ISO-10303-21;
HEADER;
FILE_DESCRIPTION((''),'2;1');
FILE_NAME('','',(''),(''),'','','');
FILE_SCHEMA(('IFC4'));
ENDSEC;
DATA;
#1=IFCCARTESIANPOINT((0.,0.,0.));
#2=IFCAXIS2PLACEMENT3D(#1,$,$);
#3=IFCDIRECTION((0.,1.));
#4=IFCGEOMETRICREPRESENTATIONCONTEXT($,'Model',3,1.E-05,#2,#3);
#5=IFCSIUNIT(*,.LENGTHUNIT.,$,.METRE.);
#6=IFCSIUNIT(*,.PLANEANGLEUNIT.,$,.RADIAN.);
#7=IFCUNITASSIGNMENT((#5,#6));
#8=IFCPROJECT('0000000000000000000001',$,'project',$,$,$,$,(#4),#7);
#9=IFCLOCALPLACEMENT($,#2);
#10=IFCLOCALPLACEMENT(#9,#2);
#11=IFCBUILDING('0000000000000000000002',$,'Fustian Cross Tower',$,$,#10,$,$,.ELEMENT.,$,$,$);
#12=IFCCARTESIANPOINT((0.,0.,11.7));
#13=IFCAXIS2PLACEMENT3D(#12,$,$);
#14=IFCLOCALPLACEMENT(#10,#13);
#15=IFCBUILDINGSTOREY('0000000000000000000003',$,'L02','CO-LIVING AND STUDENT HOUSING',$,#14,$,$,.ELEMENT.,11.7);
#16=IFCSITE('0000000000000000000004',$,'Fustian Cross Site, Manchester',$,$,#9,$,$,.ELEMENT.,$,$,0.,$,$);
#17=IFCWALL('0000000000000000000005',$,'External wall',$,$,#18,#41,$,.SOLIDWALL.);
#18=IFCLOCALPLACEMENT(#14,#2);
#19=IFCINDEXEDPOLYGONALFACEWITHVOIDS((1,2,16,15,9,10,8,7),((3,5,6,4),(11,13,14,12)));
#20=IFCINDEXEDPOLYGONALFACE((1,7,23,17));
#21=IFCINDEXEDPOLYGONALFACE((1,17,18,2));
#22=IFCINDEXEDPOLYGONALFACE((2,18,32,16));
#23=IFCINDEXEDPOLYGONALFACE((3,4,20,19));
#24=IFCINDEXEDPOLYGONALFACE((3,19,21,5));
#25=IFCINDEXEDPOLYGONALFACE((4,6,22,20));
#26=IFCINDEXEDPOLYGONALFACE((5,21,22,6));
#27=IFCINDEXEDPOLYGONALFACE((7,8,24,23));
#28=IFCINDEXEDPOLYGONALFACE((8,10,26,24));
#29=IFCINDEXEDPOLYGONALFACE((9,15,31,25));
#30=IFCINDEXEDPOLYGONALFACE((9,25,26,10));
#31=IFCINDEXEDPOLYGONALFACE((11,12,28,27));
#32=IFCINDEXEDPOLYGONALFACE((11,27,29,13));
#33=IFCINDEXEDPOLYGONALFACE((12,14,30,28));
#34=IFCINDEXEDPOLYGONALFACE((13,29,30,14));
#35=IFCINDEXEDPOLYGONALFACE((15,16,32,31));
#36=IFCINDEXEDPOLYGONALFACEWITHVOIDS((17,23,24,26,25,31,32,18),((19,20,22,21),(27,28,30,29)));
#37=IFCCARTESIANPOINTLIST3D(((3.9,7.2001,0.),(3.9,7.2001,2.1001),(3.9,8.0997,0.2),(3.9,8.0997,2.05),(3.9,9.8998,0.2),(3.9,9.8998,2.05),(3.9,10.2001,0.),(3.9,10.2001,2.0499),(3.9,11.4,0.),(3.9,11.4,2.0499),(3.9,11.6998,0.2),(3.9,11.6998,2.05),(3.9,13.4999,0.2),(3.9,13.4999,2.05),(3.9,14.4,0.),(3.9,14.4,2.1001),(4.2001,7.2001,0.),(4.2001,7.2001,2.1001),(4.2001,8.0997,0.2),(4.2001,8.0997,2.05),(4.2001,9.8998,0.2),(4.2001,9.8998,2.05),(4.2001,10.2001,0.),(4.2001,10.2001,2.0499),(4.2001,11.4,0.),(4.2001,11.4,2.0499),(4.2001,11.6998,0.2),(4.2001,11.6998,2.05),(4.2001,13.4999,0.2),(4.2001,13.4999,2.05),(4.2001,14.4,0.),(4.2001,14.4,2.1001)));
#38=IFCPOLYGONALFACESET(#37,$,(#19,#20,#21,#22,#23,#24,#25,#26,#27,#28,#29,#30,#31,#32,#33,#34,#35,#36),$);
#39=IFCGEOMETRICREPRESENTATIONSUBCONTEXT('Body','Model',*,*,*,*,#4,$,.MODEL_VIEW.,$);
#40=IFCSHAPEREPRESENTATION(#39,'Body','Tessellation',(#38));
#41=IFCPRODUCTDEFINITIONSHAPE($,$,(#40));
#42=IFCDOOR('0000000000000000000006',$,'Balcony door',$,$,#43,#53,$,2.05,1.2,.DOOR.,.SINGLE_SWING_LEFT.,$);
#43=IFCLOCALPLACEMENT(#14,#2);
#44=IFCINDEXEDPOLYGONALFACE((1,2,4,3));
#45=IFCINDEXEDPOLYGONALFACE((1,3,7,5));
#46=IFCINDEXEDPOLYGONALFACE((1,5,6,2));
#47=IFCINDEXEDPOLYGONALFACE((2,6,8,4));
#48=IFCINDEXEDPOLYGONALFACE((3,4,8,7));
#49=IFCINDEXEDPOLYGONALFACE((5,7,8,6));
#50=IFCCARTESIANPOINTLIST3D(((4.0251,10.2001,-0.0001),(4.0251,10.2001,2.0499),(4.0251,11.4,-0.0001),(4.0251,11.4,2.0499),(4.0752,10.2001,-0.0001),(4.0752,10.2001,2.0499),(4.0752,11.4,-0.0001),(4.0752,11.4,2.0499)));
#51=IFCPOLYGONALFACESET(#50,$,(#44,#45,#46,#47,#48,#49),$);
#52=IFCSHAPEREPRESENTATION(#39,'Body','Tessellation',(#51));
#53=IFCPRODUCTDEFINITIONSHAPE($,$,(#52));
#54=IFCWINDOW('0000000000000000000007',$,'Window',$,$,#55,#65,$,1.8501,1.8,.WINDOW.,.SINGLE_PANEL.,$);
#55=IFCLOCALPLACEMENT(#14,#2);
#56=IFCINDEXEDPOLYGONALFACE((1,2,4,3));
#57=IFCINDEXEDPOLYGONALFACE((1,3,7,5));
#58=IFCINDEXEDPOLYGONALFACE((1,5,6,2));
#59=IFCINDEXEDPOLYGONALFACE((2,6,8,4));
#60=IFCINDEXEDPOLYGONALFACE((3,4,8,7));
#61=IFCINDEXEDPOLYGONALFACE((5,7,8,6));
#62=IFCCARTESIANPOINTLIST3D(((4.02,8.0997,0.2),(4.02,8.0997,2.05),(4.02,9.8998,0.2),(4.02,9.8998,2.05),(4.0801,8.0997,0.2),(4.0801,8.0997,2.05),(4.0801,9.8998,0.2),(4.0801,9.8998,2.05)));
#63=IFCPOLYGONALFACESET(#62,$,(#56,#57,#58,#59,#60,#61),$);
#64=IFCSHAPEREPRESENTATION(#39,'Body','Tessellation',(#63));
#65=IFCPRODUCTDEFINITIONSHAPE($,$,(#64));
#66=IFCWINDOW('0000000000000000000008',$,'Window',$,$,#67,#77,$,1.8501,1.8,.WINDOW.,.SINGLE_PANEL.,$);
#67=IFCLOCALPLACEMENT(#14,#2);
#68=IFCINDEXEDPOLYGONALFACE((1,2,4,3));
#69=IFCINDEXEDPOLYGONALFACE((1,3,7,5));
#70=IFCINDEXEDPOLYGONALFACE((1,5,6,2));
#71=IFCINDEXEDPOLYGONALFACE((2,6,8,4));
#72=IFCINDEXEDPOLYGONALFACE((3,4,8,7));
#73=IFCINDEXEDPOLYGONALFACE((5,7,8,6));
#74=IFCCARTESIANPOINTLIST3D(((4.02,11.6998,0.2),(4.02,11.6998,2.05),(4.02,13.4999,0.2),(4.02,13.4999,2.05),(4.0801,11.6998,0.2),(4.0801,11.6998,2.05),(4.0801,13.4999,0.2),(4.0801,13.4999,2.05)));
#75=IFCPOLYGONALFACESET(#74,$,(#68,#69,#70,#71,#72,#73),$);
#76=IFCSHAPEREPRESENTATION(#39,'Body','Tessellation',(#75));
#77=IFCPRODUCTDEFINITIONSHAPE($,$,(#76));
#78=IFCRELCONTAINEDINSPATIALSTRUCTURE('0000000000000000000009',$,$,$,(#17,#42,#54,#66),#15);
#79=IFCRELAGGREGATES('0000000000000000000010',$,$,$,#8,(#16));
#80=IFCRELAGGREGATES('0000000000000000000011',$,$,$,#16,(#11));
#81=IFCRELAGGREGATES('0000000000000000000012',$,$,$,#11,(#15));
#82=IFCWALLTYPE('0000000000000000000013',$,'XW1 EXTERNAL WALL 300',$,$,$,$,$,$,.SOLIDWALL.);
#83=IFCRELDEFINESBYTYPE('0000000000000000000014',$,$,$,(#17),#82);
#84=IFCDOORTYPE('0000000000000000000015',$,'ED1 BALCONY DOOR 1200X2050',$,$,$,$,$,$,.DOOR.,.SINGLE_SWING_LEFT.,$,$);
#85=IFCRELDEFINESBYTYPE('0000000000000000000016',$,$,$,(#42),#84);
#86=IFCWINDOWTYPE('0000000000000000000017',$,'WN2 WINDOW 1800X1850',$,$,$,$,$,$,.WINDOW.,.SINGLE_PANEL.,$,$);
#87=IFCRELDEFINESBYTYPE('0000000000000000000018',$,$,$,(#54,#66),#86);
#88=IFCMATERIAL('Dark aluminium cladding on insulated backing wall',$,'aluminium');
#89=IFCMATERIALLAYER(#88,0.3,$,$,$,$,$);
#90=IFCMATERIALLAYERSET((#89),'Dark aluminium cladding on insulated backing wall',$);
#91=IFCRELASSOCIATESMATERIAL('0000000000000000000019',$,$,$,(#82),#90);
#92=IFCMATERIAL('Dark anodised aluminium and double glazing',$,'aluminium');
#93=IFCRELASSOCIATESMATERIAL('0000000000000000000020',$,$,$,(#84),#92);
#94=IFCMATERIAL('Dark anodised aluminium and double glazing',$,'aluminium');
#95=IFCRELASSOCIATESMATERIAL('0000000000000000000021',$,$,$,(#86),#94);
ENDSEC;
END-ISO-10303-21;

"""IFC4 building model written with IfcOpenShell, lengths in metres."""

from ifc_helpers import new_model, si_unit, direction, frame, frame_2d, origin, place, context, subcontext, project, spatial, rectangle, extrude, material, layer, layer_set, type_object, element, fill, save


model = new_model("IFC4")

# Units and contexts
model_context = context("Model", 3, precision=1e-05, world=origin(), true_north=direction((0.0, 1.0)))
body_context = subcontext(model_context, "Body", "Model", "MODEL_VIEW")
ifc_project = project(units=[si_unit("LENGTHUNIT", "METRE"), si_unit("PLANEANGLEUNIT", "RADIAN")], contexts=[model_context])

# Site, building, storey
site_placement = place(None, origin())
site = spatial("IfcSite", under=ifc_project, at=site_placement, Name="Fustian Cross Site, Manchester", CompositionType="ELEMENT", RefElevation=0.0)
building_placement = place(site_placement, origin())
building = spatial("IfcBuilding", under=site, at=building_placement, Name="Fustian Cross Tower", CompositionType="ELEMENT")
storey_placement = place(building_placement, frame((0.0, 0.0, 11.7)))
storey = spatial("IfcBuildingStorey", under=building, at=storey_placement, Name="L02", Description="CO-LIVING AND STUDENT HOUSING", CompositionType="ELEMENT", Elevation=11.7)

# Wall, openings, door, windows
ifc_material_1 = material(Name="Dark aluminium cladding on insulated backing wall", Category="aluminium")
ifc_layer_1 = layer(ifc_material_1, 0.3)
ifc_layer_set_1 = layer_set([ifc_layer_1], Name="Dark aluminium cladding on insulated backing wall")
wall_type_1 = type_object("IfcWallType", Name="XW1 EXTERNAL WALL 300", PredefinedType="SOLIDWALL", material=ifc_layer_set_1)
wall_1_placement = place(storey_placement, frame((4.05, 7.2, 0.0), z_axis=(0.0, 0.0, 1.0), x_axis=(0.0, 1.0, 0.0)))
wall_1 = element("IfcWall", 1, at=wall_1_placement, inside=storey, type_object=wall_type_1, Name="External wall", PredefinedType="SOLIDWALL", context=body_context, shape_type="SweptSolid", body=[
    extrude(rectangle(XDim=7.2, YDim=0.3, at=frame_2d((3.6001, 0.0))), origin(), (0.0, 0.0, 1.0), 2.1001),
])
opening_1_placement = place(wall_1_placement, frame((3.0, 0.0, 0.0)))
opening_1 = element("IfcOpeningElement", 2, at=opening_1_placement, cuts=wall_1, PredefinedType="OPENING", context=body_context, shape_type="SweptSolid", body=[
    extrude(rectangle(XDim=1.2, YDim=2.05, at=frame_2d((0.6001, 1.0249))), frame((0.0, 0.1599, 0.0), z_axis=(0.0, -1.0, 0.0), x_axis=(1.0, 0.0, 0.0)), (0.0, 0.0, 1.0), 0.3201),
])
opening_2_placement = place(wall_1_placement, frame((0.8999, 0.0, 0.2)))
opening_2 = element("IfcOpeningElement", 3, at=opening_2_placement, cuts=wall_1, PredefinedType="OPENING", context=body_context, shape_type="SweptSolid", body=[
    extrude(rectangle(XDim=1.8, YDim=1.8501, at=frame_2d((0.8999, 0.925))), frame((0.0, 0.1599, 0.0), z_axis=(0.0, -1.0, 0.0), x_axis=(1.0, 0.0, 0.0)), (0.0, 0.0, 1.0), 0.3201),
])
opening_3_placement = place(wall_1_placement, frame((4.5, 0.0, 0.2)))
opening_3 = element("IfcOpeningElement", 4, at=opening_3_placement, cuts=wall_1, PredefinedType="OPENING", context=body_context, shape_type="SweptSolid", body=[
    extrude(rectangle(XDim=1.8, YDim=1.8501, at=frame_2d((0.8999, 0.925))), frame((0.0, 0.1599, 0.0), z_axis=(0.0, -1.0, 0.0), x_axis=(1.0, 0.0, 0.0)), (0.0, 0.0, 1.0), 0.3201),
])
ifc_material_2 = material(Name="Dark anodised aluminium and double glazing", Category="aluminium")
door_type_1 = type_object("IfcDoorType", Name="ED1 BALCONY DOOR 1200X2050", OperationType="SINGLE_SWING_LEFT", PredefinedType="DOOR", material=ifc_material_2)
door_1_placement = place(opening_1_placement, origin())
door_1 = element("IfcDoor", 5, at=door_1_placement, inside=storey, type_object=door_type_1, Name="Balcony door", OperationType="SINGLE_SWING_LEFT", OverallHeight=2.05, OverallWidth=1.2, PredefinedType="DOOR", context=body_context, shape_type="SweptSolid", body=[
    extrude(rectangle(XDim=1.2, YDim=2.05, at=frame_2d((0.6001, 1.0249))), frame((0.0, 0.0249, 0.0), z_axis=(0.0, -1.0, 0.0), x_axis=(1.0, 0.0, 0.0)), (0.0, 0.0, 1.0), 0.05),
])
fill(opening_1, door_1)
ifc_material_3 = material(Name="Dark anodised aluminium and double glazing", Category="aluminium")
window_type = type_object("IfcWindowType", Name="WN2 WINDOW 1800X1850", PartitioningType="SINGLE_PANEL", PredefinedType="WINDOW", material=ifc_material_3)
window_1_placement = place(opening_2_placement, origin())
window_1 = element("IfcWindow", 6, at=window_1_placement, inside=storey, type_object=window_type, Name="Window", OverallHeight=1.8501, OverallWidth=1.8, PartitioningType="SINGLE_PANEL", PredefinedType="WINDOW", context=body_context, shape_type="SweptSolid", body=[
    extrude(rectangle(XDim=1.8, YDim=1.8501, at=frame_2d((0.8999, 0.925))), frame((0.0, 0.03, 0.0), z_axis=(0.0, -1.0, 0.0), x_axis=(1.0, 0.0, 0.0)), (0.0, 0.0, 1.0), 0.0601),
])
fill(opening_2, window_1)
window_2_placement = place(opening_3_placement, origin())
window_2 = element("IfcWindow", 7, at=window_2_placement, inside=storey, type_object=window_type, Name="Window", OverallHeight=1.8501, OverallWidth=1.8, PartitioningType="SINGLE_PANEL", PredefinedType="WINDOW", context=body_context, shape_type="SweptSolid", body=[
    extrude(rectangle(XDim=1.8, YDim=1.8501, at=frame_2d((0.8999, 0.925))), frame((0.0, 0.03, 0.0), z_axis=(0.0, -1.0, 0.0), x_axis=(1.0, 0.0, 0.0)), (0.0, 0.0, 1.0), 0.0601),
])
fill(opening_3, window_2)

save(model, "model.ifc")
